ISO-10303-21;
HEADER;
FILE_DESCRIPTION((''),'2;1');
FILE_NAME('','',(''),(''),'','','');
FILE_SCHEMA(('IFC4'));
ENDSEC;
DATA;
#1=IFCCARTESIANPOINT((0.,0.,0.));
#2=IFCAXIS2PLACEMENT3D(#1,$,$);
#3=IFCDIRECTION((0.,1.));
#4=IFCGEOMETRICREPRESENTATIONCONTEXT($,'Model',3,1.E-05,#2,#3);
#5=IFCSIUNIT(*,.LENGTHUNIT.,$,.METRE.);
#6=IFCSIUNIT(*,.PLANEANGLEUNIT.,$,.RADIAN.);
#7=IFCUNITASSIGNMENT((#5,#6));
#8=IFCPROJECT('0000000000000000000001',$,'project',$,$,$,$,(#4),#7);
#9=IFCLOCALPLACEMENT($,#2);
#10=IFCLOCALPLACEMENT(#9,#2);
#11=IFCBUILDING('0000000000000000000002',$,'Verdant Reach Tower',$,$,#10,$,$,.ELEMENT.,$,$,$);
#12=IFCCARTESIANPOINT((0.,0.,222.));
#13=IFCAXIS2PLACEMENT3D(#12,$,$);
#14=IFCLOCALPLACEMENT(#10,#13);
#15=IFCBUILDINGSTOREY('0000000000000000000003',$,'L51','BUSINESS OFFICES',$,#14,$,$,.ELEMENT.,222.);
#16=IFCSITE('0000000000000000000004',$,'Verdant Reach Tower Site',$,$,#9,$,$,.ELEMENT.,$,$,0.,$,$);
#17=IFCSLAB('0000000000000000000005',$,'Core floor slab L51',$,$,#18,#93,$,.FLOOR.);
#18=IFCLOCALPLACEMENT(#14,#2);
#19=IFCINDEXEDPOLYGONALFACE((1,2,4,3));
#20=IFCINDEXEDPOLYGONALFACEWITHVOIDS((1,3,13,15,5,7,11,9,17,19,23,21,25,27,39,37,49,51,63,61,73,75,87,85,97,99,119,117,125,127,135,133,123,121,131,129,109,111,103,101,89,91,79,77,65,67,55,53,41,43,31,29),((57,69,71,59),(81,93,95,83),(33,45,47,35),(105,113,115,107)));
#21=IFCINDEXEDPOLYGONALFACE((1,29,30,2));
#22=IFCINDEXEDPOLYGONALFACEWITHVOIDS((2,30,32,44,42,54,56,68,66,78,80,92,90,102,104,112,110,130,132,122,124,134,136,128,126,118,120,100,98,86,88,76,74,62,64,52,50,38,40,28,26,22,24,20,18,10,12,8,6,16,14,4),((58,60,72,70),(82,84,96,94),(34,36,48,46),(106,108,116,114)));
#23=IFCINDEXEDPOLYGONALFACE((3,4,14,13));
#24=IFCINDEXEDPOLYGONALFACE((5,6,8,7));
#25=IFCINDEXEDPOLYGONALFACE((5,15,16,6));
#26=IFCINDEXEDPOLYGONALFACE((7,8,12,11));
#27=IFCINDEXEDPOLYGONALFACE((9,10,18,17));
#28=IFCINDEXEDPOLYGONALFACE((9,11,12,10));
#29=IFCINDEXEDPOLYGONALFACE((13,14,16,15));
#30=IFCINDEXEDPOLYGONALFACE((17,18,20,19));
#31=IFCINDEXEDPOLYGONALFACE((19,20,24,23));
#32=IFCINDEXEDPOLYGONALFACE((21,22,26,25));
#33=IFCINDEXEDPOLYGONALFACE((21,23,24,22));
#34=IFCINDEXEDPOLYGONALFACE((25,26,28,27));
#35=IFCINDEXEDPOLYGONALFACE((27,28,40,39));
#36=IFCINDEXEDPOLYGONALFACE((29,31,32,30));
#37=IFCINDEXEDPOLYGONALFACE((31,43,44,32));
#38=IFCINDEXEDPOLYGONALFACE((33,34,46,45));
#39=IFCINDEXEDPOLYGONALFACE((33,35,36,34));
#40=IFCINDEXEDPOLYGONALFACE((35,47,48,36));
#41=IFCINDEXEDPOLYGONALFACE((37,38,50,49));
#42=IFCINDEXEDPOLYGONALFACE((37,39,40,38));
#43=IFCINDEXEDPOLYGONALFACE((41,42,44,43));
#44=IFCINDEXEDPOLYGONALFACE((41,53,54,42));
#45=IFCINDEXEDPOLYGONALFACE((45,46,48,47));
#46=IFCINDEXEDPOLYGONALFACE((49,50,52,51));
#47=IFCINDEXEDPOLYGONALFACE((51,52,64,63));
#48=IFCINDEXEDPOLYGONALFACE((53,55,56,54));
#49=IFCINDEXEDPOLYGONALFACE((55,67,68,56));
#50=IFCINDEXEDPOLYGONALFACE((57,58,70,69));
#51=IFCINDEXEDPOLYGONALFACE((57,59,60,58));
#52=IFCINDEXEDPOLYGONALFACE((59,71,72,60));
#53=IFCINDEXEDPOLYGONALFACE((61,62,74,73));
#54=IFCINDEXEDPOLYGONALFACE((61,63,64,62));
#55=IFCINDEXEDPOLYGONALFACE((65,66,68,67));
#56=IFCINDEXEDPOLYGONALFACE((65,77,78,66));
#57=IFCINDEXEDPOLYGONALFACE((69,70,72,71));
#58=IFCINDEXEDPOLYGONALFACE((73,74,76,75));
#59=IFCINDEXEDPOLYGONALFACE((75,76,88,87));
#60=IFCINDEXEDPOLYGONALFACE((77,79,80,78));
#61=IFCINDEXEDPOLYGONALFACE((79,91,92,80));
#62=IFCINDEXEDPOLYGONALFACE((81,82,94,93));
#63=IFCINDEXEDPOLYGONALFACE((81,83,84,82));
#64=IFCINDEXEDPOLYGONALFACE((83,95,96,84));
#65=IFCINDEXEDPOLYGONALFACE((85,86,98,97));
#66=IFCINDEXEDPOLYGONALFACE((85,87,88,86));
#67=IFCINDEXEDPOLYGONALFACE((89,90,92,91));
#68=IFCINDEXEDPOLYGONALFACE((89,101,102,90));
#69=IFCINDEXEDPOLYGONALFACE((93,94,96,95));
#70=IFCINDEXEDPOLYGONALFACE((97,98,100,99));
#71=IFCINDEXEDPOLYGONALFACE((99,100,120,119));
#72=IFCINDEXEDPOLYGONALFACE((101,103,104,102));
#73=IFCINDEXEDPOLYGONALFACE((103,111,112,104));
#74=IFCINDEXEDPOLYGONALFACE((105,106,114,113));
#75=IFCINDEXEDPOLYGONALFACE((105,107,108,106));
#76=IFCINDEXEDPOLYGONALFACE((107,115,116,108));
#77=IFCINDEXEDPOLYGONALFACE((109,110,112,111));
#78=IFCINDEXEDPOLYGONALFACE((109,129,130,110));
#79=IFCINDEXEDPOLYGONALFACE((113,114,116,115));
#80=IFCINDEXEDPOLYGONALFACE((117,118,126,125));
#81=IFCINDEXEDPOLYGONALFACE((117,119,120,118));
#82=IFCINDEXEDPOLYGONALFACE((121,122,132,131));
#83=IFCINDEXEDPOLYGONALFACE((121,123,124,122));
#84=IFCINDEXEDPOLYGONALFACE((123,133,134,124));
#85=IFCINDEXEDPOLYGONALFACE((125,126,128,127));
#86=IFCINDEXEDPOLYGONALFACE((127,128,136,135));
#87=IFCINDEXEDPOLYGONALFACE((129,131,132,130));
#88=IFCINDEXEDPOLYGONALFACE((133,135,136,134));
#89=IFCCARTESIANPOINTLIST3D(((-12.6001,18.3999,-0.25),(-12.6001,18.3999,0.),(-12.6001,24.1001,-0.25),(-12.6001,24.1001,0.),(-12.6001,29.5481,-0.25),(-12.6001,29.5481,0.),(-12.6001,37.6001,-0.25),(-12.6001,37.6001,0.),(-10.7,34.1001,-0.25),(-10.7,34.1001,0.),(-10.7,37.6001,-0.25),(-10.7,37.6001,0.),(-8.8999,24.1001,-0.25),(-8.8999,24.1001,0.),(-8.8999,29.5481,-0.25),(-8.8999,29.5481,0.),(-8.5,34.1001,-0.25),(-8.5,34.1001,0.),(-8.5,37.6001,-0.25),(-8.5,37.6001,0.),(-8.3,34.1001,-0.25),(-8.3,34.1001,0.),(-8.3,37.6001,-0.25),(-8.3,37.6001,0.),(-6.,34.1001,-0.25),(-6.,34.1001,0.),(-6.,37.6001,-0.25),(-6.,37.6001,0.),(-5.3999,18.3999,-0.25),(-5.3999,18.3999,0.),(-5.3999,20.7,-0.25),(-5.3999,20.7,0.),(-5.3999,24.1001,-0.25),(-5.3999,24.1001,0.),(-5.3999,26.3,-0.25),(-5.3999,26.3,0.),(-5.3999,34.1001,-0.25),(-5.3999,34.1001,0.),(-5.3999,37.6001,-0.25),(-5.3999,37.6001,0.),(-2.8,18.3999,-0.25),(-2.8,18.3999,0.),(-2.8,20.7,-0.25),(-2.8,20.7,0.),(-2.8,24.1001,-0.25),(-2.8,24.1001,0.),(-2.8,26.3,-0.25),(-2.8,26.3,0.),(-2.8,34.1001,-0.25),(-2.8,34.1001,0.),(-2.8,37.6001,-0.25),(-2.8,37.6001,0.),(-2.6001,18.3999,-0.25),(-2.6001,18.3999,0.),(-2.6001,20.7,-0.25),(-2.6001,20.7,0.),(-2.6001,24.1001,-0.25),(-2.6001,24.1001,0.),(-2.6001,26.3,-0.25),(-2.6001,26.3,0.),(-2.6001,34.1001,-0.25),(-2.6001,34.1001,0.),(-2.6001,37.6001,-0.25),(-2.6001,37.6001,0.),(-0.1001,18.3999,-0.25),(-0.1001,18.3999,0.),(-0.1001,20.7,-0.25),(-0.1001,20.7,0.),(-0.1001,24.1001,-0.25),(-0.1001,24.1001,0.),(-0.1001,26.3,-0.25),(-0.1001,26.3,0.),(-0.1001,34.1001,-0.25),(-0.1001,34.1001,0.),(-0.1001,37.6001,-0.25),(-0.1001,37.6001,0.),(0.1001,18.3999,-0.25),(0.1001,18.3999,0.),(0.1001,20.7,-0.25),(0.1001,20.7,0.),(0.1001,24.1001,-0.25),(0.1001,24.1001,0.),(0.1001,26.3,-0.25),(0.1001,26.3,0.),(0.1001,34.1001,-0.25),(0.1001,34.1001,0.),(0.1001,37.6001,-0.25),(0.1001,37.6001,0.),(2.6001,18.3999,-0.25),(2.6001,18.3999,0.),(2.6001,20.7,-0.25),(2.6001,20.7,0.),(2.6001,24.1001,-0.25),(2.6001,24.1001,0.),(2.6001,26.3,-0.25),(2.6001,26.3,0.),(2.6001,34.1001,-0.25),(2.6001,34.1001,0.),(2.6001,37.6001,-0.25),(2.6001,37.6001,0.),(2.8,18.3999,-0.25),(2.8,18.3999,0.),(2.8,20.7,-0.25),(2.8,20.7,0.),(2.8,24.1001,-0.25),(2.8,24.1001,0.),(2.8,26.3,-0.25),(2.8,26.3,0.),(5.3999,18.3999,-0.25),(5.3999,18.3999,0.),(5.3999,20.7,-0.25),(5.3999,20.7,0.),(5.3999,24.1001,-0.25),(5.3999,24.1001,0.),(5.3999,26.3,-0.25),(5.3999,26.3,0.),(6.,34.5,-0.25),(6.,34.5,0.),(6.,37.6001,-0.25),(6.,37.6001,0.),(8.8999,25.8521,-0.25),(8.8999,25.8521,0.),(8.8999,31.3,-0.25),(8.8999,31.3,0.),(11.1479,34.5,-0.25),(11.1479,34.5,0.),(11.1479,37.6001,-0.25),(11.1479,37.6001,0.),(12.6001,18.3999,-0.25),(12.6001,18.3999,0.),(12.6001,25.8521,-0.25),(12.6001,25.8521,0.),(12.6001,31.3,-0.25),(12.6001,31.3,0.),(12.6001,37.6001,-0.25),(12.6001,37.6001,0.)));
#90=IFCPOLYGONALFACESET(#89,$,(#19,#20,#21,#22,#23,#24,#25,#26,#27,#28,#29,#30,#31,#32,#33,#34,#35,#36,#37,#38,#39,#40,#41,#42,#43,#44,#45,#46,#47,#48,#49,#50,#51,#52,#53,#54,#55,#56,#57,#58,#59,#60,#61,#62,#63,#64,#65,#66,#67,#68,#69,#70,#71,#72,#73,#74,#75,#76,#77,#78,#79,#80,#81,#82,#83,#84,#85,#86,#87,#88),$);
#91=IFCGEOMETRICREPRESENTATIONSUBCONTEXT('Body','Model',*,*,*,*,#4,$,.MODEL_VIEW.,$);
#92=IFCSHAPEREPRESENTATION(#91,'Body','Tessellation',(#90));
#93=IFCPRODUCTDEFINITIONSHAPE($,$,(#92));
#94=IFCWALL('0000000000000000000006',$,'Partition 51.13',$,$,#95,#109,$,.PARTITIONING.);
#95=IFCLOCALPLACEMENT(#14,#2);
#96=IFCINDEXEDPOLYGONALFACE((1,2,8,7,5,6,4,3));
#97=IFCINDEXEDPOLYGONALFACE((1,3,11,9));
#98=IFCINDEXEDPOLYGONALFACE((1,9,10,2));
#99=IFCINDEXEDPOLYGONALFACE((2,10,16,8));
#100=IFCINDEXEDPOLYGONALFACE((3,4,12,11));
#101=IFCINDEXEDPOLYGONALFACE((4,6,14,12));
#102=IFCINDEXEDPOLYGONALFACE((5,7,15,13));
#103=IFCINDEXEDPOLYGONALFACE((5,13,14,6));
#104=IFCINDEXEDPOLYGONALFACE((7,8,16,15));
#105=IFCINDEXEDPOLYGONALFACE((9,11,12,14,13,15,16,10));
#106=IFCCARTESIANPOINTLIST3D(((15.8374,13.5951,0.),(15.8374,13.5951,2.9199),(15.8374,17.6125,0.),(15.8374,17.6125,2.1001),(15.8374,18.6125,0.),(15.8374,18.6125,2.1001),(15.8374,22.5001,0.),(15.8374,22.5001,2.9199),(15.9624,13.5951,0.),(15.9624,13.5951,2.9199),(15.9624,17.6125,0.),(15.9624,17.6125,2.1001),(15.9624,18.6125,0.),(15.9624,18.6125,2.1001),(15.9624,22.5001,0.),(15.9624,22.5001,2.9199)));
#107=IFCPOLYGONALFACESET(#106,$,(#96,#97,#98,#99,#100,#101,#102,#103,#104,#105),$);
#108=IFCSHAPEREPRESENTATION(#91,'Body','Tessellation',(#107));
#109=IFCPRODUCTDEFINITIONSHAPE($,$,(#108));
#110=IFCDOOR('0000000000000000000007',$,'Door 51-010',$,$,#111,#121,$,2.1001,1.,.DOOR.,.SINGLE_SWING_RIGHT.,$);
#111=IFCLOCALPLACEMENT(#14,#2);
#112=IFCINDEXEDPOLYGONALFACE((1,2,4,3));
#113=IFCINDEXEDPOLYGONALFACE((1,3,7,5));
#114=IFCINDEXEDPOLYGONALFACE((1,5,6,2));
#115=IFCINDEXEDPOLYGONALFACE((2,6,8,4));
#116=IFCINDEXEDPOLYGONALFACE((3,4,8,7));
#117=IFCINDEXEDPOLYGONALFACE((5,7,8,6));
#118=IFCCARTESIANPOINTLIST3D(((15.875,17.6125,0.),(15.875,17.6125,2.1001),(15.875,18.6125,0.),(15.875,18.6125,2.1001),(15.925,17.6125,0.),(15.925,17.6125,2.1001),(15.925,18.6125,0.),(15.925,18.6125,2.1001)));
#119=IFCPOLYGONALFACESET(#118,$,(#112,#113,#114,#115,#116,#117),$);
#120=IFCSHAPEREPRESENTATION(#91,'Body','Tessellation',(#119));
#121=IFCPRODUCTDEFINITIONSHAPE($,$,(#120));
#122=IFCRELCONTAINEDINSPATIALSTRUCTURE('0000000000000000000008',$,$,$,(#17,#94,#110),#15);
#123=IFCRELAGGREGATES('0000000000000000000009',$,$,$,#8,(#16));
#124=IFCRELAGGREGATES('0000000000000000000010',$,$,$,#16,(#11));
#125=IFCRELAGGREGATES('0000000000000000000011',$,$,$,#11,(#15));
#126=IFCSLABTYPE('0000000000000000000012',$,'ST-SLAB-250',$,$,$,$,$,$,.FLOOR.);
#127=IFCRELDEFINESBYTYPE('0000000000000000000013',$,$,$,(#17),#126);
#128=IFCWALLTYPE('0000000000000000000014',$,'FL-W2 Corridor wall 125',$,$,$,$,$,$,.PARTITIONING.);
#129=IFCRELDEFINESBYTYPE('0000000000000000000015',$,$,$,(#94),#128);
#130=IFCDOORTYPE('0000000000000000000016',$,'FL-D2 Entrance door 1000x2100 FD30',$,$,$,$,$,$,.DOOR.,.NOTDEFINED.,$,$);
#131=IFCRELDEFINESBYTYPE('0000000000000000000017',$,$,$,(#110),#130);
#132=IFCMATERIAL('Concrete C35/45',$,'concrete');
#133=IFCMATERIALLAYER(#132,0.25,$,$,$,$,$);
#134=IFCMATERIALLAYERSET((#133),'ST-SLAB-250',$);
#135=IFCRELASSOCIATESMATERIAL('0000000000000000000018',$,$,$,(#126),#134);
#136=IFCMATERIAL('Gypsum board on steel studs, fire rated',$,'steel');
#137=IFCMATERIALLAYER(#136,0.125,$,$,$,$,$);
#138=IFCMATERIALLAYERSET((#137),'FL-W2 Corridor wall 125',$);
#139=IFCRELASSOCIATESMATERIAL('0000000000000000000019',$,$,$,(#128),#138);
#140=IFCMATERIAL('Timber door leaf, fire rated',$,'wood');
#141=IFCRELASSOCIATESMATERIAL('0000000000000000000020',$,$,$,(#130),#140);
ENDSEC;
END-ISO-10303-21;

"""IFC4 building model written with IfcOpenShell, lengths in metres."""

from ifc_helpers import new_model, si_unit, direction, frame, frame_2d, origin, place, context, subcontext, project, spatial, polyline, rectangle, outline, extrude, material, layer, layer_set, type_object, element, fill, save


model = new_model("IFC4")

# Units and contexts
model_context = context("Model", 3, precision=1e-05, world=origin(), true_north=direction((0.0, 1.0)))
body_context = subcontext(model_context, "Body", "Model", "MODEL_VIEW")
ifc_project = project(units=[si_unit("LENGTHUNIT", "METRE"), si_unit("PLANEANGLEUNIT", "RADIAN")], contexts=[model_context])

# Site, building, storey
site_placement = place(None, origin())
site = spatial("IfcSite", under=ifc_project, at=site_placement, Name="Verdant Reach Tower Site", CompositionType="ELEMENT", RefElevation=0.0)
building_placement = place(site_placement, origin())
building = spatial("IfcBuilding", under=site, at=building_placement, Name="Verdant Reach Tower", CompositionType="ELEMENT")
storey_placement = place(building_placement, frame((0.0, 0.0, 222.0)))
storey = spatial("IfcBuildingStorey", under=building, at=storey_placement, Name="L51", Description="BUSINESS OFFICES", CompositionType="ELEMENT", Elevation=222.0)

# Slab
ifc_material_1 = material(Name="Concrete C35/45", Category="concrete")
ifc_layer_1 = layer(ifc_material_1, 0.25)
ifc_layer_set_1 = layer_set([ifc_layer_1], Name="ST-SLAB-250")
slab_type_1 = type_object("IfcSlabType", Name="ST-SLAB-250", PredefinedType="FLOOR", material=ifc_layer_set_1)
slab_1_placement = place(storey_placement, frame((0.0, 0.0, -0.25)))
element("IfcSlab", 1, at=slab_1_placement, inside=storey, type_object=slab_type_1, Name="Core floor slab L51", PredefinedType="FLOOR", context=body_context, shape_type="SweptSolid", body=[
    extrude(outline(polyline([(12.6001, 18.3999), (5.3999, 18.3999), (5.3999, 20.7), (2.8, 20.7), (2.8, 18.3999), (2.6001, 18.3999), (2.6001, 20.7), (0.1001, 20.7), (0.1001, 18.3999), (-0.1001, 18.3999), (-0.1001, 20.7), (-2.6001, 20.7), (-2.6001, 18.3999), (-2.8, 18.3999), (-2.8, 20.7), (-5.3999, 20.7), (-5.3999, 18.3999), (-12.6001, 18.3999), (-12.6001, 24.1001), (-8.8999, 24.1001), (-8.8999, 29.5481), (-12.6001, 29.5481), (-12.6001, 37.6001), (-10.7, 37.6001), (-10.7, 34.1001), (-8.5, 34.1001), (-8.5, 37.6001), (-8.3, 37.6001), (-8.3, 34.1001), (-6.0, 34.1001), (-6.0, 37.6001), (-5.3999, 37.6001), (-5.3999, 34.1001), (-2.8, 34.1001), (-2.8, 37.6001), (-2.6001, 37.6001), (-2.6001, 34.1001), (-0.1001, 34.1001), (-0.1001, 37.6001), (0.1001, 37.6001), (0.1001, 34.1001), (2.6001, 34.1001), (2.6001, 37.6001), (6.0, 37.6001), (6.0, 34.5), (11.1479, 34.5), (11.1479, 37.6001), (12.6001, 37.6001), (12.6001, 31.3), (8.8999, 31.3), (8.8999, 25.8521), (12.6001, 25.8521), (12.6001, 18.3999)]), holes=[polyline([(-2.8, 24.1001), (-2.8, 26.3), (-5.3999, 26.3), (-5.3999, 24.1001), (-2.8, 24.1001)]), polyline([(-0.1001, 24.1001), (-0.1001, 26.3), (-2.6001, 26.3), (-2.6001, 24.1001), (-0.1001, 24.1001)]), polyline([(2.6001, 24.1001), (2.6001, 26.3), (0.1001, 26.3), (0.1001, 24.1001), (2.6001, 24.1001)]), polyline([(5.3999, 24.1001), (5.3999, 26.3), (2.8, 26.3), (2.8, 24.1001), (5.3999, 24.1001)])]), origin(), (0.0, 0.0, 1.0), 0.25),
])

# Wall, opening, door
ifc_material_2 = material(Name="Gypsum board on steel studs, fire rated", Category="steel")
ifc_layer_2 = layer(ifc_material_2, 0.125)
ifc_layer_set_2 = layer_set([ifc_layer_2], Name="FL-W2 Corridor wall 125")
wall_type = type_object("IfcWallType", Name="FL-W2 Corridor wall 125", PredefinedType="PARTITIONING", material=ifc_layer_set_2)
wall_placement = place(storey_placement, frame((15.8999, 13.595, 0.0), z_axis=(0.0, 0.0, 1.0), x_axis=(0.0, 1.0, 0.0)))
wall = element("IfcWall", 2, at=wall_placement, inside=storey, type_object=wall_type, Name="Partition 51.13", PredefinedType="PARTITIONING", context=body_context, shape_type="SweptSolid", body=[
    extrude(rectangle(XDim=8.905, YDim=0.125, at=frame_2d((4.4526, 0.0))), origin(), (0.0, 0.0, 1.0), 2.9199),
])
opening_placement = place(wall_placement, frame((4.0176, 0.0, 0.0)))
opening = element("IfcOpeningElement", 3, at=opening_placement, cuts=wall, PredefinedType="OPENING", context=body_context, shape_type="SweptSolid", body=[
    extrude(rectangle(XDim=1.0, YDim=2.1001, at=frame_2d((0.5, 1.05))), frame((0.0, 0.0725, 0.0), z_axis=(0.0, -1.0, 0.0), x_axis=(1.0, 0.0, 0.0)), (0.0, 0.0, 1.0), 0.145),
])
ifc_material_3 = material(Name="Timber door leaf, fire rated", Category="wood")
door_type = type_object("IfcDoorType", Name="FL-D2 Entrance door 1000x2100 FD30", OperationType="NOTDEFINED", PredefinedType="DOOR", material=ifc_material_3)
door_placement = place(opening_placement, origin())
door = element("IfcDoor", 4, at=door_placement, inside=storey, type_object=door_type, Name="Door 51-010", OperationType="SINGLE_SWING_RIGHT", OverallHeight=2.1001, OverallWidth=1.0, PredefinedType="DOOR", context=body_context, shape_type="SweptSolid", body=[
    extrude(rectangle(XDim=1.0, YDim=2.1001, at=frame_2d((0.5, 1.05))), frame((0.0, 0.0249, 0.0), z_axis=(0.0, -1.0, 0.0), x_axis=(1.0, 0.0, 0.0)), (0.0, 0.0, 1.0), 0.05),
])
fill(opening, door)

save(model, "model.ifc")
